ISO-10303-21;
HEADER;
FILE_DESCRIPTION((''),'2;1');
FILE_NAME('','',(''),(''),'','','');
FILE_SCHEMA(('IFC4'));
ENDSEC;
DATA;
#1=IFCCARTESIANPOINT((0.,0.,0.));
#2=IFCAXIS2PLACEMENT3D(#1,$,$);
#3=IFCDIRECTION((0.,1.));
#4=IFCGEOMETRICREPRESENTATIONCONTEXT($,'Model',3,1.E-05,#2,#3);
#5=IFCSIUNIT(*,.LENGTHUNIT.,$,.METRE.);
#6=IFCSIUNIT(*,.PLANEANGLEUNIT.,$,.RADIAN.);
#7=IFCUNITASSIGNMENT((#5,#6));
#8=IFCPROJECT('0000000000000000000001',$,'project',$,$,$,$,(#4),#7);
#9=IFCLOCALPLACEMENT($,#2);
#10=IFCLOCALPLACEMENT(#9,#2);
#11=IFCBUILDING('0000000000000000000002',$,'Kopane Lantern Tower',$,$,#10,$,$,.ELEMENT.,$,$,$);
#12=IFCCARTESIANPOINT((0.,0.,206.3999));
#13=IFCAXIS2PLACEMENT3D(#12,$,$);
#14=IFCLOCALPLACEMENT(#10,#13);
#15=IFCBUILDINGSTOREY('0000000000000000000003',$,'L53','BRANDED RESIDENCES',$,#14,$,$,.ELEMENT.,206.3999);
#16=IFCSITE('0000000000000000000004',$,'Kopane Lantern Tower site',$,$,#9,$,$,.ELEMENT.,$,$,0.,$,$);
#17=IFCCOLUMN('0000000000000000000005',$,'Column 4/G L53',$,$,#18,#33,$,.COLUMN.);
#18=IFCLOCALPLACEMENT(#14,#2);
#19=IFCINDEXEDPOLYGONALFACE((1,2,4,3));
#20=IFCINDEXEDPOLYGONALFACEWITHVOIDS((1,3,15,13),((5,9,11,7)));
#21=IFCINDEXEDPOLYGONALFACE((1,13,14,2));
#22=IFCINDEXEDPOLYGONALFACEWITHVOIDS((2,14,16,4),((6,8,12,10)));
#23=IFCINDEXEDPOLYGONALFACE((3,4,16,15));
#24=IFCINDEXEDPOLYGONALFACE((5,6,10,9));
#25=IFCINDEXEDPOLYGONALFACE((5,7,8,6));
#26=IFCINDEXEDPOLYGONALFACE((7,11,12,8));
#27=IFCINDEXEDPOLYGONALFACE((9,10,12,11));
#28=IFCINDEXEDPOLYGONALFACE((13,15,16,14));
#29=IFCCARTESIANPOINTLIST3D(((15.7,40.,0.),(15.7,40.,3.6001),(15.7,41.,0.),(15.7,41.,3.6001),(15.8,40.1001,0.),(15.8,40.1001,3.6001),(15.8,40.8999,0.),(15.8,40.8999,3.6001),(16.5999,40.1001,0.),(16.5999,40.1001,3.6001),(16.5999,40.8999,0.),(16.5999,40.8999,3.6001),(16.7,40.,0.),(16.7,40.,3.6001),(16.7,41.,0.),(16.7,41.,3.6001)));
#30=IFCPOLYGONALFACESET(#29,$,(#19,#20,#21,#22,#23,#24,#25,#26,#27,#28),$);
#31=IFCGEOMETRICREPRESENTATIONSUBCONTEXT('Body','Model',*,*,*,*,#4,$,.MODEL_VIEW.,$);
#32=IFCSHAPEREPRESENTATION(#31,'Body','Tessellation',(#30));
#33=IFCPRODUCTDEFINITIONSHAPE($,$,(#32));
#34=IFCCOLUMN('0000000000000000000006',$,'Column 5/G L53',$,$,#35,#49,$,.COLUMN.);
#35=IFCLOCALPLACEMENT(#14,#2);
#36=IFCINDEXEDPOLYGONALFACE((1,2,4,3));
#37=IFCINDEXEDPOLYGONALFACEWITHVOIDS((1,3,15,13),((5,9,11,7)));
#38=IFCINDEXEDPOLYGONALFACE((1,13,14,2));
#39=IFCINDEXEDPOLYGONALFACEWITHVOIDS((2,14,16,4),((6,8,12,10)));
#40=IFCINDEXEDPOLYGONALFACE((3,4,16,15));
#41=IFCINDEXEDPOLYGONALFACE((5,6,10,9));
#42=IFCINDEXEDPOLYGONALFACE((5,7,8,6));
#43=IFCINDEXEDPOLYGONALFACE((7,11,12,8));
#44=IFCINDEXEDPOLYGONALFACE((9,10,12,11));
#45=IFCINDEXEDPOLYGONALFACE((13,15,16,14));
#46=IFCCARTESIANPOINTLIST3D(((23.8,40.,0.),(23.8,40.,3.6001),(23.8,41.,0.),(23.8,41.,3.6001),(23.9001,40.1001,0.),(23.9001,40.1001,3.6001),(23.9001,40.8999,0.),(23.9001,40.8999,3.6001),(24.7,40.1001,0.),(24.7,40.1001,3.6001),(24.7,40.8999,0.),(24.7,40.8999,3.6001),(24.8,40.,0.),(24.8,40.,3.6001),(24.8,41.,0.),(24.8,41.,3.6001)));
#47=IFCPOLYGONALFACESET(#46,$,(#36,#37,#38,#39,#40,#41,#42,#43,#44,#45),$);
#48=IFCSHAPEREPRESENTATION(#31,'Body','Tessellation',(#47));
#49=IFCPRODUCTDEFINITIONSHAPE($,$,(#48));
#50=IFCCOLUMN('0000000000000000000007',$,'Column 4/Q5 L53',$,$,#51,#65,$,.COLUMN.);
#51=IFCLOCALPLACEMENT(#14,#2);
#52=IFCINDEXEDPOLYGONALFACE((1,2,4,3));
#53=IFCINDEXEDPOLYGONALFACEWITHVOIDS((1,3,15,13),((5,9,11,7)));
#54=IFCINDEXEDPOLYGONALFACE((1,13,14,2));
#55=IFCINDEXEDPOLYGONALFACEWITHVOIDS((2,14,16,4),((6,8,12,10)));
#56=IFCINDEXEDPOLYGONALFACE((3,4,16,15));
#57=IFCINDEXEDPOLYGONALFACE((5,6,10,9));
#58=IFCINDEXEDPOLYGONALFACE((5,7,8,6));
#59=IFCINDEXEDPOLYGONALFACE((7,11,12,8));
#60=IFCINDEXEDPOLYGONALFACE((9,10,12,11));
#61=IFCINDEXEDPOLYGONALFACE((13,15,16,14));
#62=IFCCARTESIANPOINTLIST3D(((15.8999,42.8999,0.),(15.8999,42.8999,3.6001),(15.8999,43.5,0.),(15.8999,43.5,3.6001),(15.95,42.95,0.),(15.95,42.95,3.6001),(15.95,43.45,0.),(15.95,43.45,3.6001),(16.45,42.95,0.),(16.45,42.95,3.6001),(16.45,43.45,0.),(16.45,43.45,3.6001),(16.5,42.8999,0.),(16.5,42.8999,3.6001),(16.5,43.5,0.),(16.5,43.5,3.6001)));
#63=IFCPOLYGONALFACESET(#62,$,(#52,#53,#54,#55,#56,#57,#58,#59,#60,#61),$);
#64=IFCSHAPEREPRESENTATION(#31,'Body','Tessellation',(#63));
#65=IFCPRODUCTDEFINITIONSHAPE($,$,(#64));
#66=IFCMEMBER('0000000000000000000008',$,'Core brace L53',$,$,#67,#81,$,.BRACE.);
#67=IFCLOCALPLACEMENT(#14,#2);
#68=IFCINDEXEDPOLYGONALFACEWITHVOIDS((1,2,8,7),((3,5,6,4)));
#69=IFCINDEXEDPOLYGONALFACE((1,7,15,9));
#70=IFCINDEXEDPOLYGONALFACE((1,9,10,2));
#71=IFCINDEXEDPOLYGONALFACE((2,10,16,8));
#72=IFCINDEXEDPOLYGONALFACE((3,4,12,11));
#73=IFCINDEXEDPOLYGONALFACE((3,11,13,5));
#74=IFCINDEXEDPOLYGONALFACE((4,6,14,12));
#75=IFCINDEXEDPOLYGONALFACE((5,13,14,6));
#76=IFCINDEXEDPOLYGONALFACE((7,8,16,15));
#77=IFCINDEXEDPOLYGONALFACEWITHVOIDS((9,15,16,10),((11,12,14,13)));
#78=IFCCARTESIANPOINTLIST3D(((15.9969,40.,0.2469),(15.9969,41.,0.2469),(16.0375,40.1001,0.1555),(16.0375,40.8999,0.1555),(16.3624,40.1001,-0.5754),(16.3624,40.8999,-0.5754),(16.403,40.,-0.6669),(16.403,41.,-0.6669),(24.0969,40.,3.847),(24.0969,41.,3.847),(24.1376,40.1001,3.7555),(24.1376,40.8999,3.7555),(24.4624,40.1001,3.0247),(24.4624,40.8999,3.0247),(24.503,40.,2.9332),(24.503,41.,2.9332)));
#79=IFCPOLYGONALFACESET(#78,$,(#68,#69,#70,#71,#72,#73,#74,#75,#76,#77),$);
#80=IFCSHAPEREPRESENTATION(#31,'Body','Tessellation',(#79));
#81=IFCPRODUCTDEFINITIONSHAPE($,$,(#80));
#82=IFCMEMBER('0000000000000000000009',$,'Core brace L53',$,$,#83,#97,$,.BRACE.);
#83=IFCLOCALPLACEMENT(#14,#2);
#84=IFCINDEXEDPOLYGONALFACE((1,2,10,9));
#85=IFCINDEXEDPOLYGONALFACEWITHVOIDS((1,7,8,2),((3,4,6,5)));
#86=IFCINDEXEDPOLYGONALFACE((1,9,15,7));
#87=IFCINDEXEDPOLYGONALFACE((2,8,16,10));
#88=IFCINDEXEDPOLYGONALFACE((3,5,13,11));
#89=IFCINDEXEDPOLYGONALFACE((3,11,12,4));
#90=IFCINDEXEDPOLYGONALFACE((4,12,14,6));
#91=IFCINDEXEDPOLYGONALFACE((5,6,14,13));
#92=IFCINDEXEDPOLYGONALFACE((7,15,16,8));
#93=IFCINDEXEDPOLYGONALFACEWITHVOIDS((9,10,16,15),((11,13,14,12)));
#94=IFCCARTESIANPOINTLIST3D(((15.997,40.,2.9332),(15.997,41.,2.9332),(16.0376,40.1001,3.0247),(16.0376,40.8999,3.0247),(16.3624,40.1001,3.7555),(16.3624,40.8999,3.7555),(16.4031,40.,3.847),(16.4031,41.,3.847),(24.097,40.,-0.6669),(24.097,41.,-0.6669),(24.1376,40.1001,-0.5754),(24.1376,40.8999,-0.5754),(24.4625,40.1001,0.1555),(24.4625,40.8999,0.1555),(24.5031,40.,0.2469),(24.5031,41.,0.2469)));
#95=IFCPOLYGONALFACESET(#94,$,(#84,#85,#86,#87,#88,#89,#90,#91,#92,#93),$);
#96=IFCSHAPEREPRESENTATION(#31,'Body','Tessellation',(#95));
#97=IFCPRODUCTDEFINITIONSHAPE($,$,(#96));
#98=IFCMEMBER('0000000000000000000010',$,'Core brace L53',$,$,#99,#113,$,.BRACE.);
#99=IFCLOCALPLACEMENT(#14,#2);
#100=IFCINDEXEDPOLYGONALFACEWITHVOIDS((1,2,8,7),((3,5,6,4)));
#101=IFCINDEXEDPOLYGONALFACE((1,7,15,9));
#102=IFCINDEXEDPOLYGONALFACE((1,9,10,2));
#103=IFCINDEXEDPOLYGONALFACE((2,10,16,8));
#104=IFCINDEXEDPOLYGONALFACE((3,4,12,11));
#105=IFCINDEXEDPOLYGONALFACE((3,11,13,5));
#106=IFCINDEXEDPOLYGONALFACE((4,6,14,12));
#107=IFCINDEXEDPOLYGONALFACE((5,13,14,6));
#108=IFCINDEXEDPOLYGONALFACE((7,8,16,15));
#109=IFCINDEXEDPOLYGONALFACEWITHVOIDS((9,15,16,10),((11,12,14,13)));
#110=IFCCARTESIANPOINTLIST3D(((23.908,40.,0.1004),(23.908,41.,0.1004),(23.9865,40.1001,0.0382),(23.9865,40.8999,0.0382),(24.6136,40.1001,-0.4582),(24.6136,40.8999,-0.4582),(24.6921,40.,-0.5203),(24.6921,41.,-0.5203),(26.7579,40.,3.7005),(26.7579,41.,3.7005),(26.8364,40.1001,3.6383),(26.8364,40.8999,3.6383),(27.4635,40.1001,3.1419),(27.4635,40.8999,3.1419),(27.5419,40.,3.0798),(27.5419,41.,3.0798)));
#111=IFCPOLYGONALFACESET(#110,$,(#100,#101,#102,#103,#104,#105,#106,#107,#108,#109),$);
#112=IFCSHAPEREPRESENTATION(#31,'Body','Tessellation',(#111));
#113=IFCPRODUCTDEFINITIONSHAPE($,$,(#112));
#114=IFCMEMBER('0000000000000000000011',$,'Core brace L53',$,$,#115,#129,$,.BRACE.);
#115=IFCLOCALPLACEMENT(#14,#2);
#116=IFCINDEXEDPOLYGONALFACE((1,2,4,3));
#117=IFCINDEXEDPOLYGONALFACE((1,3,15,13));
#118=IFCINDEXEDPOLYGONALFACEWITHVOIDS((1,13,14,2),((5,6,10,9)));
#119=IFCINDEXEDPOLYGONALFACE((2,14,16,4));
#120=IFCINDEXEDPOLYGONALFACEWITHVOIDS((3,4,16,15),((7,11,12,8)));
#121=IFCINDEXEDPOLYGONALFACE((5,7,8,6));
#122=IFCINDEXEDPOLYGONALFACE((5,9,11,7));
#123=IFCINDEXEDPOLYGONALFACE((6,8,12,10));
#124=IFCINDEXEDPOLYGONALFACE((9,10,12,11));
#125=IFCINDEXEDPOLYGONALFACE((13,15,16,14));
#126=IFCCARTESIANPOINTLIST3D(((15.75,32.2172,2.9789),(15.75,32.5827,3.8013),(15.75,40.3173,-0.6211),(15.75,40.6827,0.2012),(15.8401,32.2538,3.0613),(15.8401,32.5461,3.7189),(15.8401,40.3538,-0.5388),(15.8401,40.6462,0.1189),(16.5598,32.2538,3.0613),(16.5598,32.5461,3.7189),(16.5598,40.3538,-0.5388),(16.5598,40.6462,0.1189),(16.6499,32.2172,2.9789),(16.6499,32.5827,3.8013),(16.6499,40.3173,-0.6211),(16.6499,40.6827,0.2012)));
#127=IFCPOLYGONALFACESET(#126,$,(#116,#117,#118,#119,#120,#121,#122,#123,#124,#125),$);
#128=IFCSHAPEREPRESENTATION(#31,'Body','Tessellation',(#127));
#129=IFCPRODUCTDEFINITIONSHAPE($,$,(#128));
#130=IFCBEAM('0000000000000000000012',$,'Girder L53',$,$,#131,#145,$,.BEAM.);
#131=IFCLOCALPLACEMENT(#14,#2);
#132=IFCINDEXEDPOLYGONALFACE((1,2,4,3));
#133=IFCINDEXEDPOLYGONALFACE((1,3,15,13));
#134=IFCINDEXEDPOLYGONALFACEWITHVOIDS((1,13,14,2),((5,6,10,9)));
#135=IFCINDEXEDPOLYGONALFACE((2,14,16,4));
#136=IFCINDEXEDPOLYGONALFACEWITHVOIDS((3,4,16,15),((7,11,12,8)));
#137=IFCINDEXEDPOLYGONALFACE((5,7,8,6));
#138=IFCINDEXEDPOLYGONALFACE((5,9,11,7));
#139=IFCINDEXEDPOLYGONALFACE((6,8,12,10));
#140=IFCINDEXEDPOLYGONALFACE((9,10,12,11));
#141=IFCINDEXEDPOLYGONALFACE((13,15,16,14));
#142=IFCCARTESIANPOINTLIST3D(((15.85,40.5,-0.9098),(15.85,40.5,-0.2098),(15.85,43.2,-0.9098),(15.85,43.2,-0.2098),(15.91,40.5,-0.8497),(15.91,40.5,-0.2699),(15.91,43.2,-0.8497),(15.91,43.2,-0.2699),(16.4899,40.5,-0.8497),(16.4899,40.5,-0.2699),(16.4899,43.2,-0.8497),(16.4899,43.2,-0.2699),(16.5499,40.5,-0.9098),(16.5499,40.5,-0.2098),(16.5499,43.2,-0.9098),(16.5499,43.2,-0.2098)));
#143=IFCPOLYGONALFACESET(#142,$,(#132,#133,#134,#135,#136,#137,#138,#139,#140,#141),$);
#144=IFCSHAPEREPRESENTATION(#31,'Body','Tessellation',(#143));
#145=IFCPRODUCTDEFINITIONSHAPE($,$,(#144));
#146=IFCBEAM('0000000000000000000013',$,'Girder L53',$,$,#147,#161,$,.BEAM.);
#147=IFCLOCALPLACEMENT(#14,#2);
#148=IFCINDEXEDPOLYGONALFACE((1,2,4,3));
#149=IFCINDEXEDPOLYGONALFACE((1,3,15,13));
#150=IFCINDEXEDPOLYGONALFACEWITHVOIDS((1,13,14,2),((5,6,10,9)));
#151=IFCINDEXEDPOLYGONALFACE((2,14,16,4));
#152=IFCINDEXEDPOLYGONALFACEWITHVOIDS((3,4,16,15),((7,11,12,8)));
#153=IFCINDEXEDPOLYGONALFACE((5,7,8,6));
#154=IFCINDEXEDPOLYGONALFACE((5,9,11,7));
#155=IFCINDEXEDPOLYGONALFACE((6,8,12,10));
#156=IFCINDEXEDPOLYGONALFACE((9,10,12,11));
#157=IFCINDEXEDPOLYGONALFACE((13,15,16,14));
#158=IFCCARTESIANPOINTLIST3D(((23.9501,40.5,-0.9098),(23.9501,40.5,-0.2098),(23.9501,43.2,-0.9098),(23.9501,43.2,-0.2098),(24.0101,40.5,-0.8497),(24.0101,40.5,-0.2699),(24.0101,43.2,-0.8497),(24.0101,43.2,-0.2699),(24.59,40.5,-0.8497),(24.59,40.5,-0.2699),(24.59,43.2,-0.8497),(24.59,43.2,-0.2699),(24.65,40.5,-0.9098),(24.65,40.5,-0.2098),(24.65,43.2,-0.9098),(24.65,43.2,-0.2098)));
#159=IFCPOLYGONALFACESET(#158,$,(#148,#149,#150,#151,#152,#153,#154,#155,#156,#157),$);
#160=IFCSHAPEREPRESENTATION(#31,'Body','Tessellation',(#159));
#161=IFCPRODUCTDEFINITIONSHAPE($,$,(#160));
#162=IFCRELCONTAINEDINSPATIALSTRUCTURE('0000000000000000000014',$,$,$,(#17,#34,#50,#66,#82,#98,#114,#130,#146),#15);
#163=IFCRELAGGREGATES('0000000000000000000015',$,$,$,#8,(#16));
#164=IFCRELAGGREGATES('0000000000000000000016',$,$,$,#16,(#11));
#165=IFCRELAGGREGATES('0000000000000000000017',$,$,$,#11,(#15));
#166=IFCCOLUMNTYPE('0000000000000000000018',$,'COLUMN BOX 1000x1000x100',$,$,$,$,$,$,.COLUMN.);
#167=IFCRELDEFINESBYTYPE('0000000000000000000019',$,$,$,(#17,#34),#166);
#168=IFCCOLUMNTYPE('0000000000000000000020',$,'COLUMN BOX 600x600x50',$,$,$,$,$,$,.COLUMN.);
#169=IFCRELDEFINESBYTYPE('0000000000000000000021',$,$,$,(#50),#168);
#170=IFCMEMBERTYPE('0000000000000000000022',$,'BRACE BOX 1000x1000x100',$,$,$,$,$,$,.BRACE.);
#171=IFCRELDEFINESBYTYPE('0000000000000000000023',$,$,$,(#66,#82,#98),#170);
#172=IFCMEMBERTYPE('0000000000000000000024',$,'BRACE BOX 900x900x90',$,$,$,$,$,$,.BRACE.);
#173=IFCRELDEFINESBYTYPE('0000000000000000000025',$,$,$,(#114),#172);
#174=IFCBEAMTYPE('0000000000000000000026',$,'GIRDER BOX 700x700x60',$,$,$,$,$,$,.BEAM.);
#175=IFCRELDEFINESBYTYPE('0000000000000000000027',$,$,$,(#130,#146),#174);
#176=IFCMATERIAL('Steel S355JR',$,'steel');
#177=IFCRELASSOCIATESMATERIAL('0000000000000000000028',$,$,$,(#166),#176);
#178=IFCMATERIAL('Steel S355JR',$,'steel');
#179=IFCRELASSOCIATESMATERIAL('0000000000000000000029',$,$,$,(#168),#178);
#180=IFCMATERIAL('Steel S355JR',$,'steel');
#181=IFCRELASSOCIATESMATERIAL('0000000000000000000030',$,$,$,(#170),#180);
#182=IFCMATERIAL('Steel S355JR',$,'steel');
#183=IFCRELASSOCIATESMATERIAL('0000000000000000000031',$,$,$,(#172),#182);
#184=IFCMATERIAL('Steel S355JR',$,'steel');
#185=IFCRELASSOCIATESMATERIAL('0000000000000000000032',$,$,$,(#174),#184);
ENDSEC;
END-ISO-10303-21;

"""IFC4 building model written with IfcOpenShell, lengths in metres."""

from ifc_helpers import new_model, si_unit, direction, frame, origin, origin_2d, place, context, subcontext, project, spatial, hollow_rectangle, extrude, material, material_profile, profile_set, type_object, element, save


model = new_model("IFC4")

# Units and contexts
model_context = context("Model", 3, precision=1e-05, world=origin(), true_north=direction((0.0, 1.0)))
body_context = subcontext(model_context, "Body", "Model", "MODEL_VIEW")
ifc_project = project(units=[si_unit("LENGTHUNIT", "METRE"), si_unit("PLANEANGLEUNIT", "RADIAN")], contexts=[model_context])

# Site, building, storey
site_placement = place(None, origin())
site = spatial("IfcSite", under=ifc_project, at=site_placement, Name="Kopane Lantern Tower site", CompositionType="ELEMENT", RefElevation=0.0)
building_placement = place(site_placement, origin())
building = spatial("IfcBuilding", under=site, at=building_placement, Name="Kopane Lantern Tower", CompositionType="ELEMENT")
storey_placement = place(building_placement, frame((0.0, 0.0, 206.3999)))
storey = spatial("IfcBuildingStorey", under=building, at=storey_placement, Name="L53", Description="BRANDED RESIDENCES", CompositionType="ELEMENT", Elevation=206.3999)

# Columns
ifc_material_1 = material(Name="Steel S355JR", Category="steel")
ifc_material_profile_1 = material_profile(ifc_material_1, hollow_rectangle(XDim=1.0, YDim=1.0, WallThickness=0.1001, at=origin_2d()), Name="BOX 1000x1000x100")
ifc_profile_set_1 = profile_set([ifc_material_profile_1], Name="Steel S355JR")
column_type_1 = type_object("IfcColumnType", Name="COLUMN BOX 1000x1000x100", PredefinedType="COLUMN", material=ifc_profile_set_1)
for number, where, z_axis, x_axis, name in (
    (1, (16.2, 40.5, 0.0), (0.0, 0.0, 1.0), (1.0, 0.0, 0.0), "Column 4/G L53"),
    (2, (24.3, 40.5, 0.0), (0.0, 0.0, 1.0), (1.0, 0.0, 0.0), "Column 5/G L53"),
):
    element("IfcColumn", number, at=place(storey_placement, frame(where, z_axis=z_axis, x_axis=x_axis)), inside=storey, type_object=column_type_1, Name=name, PredefinedType="COLUMN", context=body_context, shape_type="SweptSolid", body=[
        extrude(hollow_rectangle(XDim=1.0, YDim=1.0, WallThickness=0.1001, at=origin_2d()), origin(), (0.0, 0.0, 1.0), 3.6001),
    ])
ifc_material_2 = material(Name="Steel S355JR", Category="steel")
ifc_material_profile_2 = material_profile(ifc_material_2, hollow_rectangle(XDim=0.6001, YDim=0.6001, WallThickness=0.05, at=origin_2d()), Name="BOX 600x600x50")
ifc_profile_set_2 = profile_set([ifc_material_profile_2], Name="Steel S355JR")
column_type_2 = type_object("IfcColumnType", Name="COLUMN BOX 600x600x50", PredefinedType="COLUMN", material=ifc_profile_set_2)
column_placement = place(storey_placement, frame((16.2, 43.2, 0.0), z_axis=(0.0, 0.0, 1.0), x_axis=(1.0, 0.0, 0.0)))
element("IfcColumn", 3, at=column_placement, inside=storey, type_object=column_type_2, Name="Column 4/Q5 L53", PredefinedType="COLUMN", context=body_context, shape_type="SweptSolid", body=[
    extrude(hollow_rectangle(XDim=0.6001, YDim=0.6001, WallThickness=0.05, at=origin_2d()), origin(), (0.0, 0.0, 1.0), 3.6001),
])

# Members
ifc_material_3 = material(Name="Steel S355JR", Category="steel")
ifc_material_profile_3 = material_profile(ifc_material_3, hollow_rectangle(XDim=1.0, YDim=1.0, WallThickness=0.1001, at=origin_2d()), Name="BOX 1000x1000x100")
ifc_profile_set_3 = profile_set([ifc_material_profile_3], Name="Steel S355JR")
member_type_1 = type_object("IfcMemberType", Name="BRACE BOX 1000x1000x100", PredefinedType="BRACE", material=ifc_profile_set_3)
for number, where, z_axis, x_axis, name in (
    (4, (16.2, 40.5, -0.21), (0.913809, 0.0, 0.406144), (0.0, 1.0, 0.0), "Core brace L53"),
    (5, (24.3, 40.5, -0.21), (-0.913809, 0.0, 0.406144), (0.0, -1.0, 0.0), "Core brace L53"),
):
    element("IfcMember", number, at=place(storey_placement, frame(where, z_axis=z_axis, x_axis=x_axis)), inside=storey, type_object=member_type_1, Name=name, PredefinedType="BRACE", context=body_context, shape_type="SweptSolid", body=[
        extrude(hollow_rectangle(XDim=1.0, YDim=1.0, WallThickness=0.1001, at=origin_2d()), origin(), (0.0, 0.0, 1.0), 8.864),
    ])
member_1_placement = place(storey_placement, frame((24.3, 40.5, -0.21), z_axis=(0.620673, 0.0, 0.78407), x_axis=(0.0, 1.0, 0.0)))
element("IfcMember", 6, at=member_1_placement, inside=storey, type_object=member_type_1, Name="Core brace L53", PredefinedType="BRACE", context=body_context, shape_type="SweptSolid", body=[
    extrude(hollow_rectangle(XDim=1.0, YDim=1.0, WallThickness=0.1001, at=origin_2d()), origin(), (0.0, 0.0, 1.0), 4.5916),
])
ifc_material_4 = material(Name="Steel S355JR", Category="steel")
ifc_material_profile_4 = material_profile(ifc_material_4, hollow_rectangle(XDim=0.8999, YDim=0.8999, WallThickness=0.0901, at=origin_2d()), Name="BOX 900x900x90")
ifc_profile_set_4 = profile_set([ifc_material_profile_4], Name="Steel S355JR")
member_type_2 = type_object("IfcMemberType", Name="BRACE BOX 900x900x90", PredefinedType="BRACE", material=ifc_profile_set_4)
member_2_placement = place(storey_placement, frame((16.2, 40.5, -0.21), z_axis=(0.0, -0.913809, 0.406144), x_axis=(1.0, 0.0, 0.0)))
element("IfcMember", 7, at=member_2_placement, inside=storey, type_object=member_type_2, Name="Core brace L53", PredefinedType="BRACE", context=body_context, shape_type="SweptSolid", body=[
    extrude(hollow_rectangle(XDim=0.8999, YDim=0.8999, WallThickness=0.0901, at=origin_2d()), origin(), (0.0, 0.0, 1.0), 8.864),
])

# Beams
ifc_material_5 = material(Name="Steel S355JR", Category="steel")
ifc_material_profile_5 = material_profile(ifc_material_5, hollow_rectangle(XDim=0.7, YDim=0.7, WallThickness=0.0601, at=origin_2d()), Name="BOX 700x700x60")
ifc_profile_set_5 = profile_set([ifc_material_profile_5], Name="Steel S355JR")
beam_type_1 = type_object("IfcBeamType", Name="GIRDER BOX 700x700x60", PredefinedType="BEAM", material=ifc_profile_set_5)
for number, where, z_axis, x_axis, name in (
    (8, (16.2, 40.5, -0.5598), (0.0, 1.0, 0.0), (-1.0, 0.0, 0.0), "Girder L53"),
    (9, (24.3, 40.5, -0.5598), (0.0, 1.0, 0.0), (-1.0, 0.0, 0.0), "Girder L53"),
):
    element("IfcBeam", number, at=place(storey_placement, frame(where, z_axis=z_axis, x_axis=x_axis)), inside=storey, type_object=beam_type_1, Name=name, PredefinedType="BEAM", context=body_context, shape_type="SweptSolid", body=[
        extrude(hollow_rectangle(XDim=0.7, YDim=0.7, WallThickness=0.0601, at=origin_2d()), origin(), (0.0, 0.0, 1.0), 2.7),
    ])

save(model, "model.ifc")
